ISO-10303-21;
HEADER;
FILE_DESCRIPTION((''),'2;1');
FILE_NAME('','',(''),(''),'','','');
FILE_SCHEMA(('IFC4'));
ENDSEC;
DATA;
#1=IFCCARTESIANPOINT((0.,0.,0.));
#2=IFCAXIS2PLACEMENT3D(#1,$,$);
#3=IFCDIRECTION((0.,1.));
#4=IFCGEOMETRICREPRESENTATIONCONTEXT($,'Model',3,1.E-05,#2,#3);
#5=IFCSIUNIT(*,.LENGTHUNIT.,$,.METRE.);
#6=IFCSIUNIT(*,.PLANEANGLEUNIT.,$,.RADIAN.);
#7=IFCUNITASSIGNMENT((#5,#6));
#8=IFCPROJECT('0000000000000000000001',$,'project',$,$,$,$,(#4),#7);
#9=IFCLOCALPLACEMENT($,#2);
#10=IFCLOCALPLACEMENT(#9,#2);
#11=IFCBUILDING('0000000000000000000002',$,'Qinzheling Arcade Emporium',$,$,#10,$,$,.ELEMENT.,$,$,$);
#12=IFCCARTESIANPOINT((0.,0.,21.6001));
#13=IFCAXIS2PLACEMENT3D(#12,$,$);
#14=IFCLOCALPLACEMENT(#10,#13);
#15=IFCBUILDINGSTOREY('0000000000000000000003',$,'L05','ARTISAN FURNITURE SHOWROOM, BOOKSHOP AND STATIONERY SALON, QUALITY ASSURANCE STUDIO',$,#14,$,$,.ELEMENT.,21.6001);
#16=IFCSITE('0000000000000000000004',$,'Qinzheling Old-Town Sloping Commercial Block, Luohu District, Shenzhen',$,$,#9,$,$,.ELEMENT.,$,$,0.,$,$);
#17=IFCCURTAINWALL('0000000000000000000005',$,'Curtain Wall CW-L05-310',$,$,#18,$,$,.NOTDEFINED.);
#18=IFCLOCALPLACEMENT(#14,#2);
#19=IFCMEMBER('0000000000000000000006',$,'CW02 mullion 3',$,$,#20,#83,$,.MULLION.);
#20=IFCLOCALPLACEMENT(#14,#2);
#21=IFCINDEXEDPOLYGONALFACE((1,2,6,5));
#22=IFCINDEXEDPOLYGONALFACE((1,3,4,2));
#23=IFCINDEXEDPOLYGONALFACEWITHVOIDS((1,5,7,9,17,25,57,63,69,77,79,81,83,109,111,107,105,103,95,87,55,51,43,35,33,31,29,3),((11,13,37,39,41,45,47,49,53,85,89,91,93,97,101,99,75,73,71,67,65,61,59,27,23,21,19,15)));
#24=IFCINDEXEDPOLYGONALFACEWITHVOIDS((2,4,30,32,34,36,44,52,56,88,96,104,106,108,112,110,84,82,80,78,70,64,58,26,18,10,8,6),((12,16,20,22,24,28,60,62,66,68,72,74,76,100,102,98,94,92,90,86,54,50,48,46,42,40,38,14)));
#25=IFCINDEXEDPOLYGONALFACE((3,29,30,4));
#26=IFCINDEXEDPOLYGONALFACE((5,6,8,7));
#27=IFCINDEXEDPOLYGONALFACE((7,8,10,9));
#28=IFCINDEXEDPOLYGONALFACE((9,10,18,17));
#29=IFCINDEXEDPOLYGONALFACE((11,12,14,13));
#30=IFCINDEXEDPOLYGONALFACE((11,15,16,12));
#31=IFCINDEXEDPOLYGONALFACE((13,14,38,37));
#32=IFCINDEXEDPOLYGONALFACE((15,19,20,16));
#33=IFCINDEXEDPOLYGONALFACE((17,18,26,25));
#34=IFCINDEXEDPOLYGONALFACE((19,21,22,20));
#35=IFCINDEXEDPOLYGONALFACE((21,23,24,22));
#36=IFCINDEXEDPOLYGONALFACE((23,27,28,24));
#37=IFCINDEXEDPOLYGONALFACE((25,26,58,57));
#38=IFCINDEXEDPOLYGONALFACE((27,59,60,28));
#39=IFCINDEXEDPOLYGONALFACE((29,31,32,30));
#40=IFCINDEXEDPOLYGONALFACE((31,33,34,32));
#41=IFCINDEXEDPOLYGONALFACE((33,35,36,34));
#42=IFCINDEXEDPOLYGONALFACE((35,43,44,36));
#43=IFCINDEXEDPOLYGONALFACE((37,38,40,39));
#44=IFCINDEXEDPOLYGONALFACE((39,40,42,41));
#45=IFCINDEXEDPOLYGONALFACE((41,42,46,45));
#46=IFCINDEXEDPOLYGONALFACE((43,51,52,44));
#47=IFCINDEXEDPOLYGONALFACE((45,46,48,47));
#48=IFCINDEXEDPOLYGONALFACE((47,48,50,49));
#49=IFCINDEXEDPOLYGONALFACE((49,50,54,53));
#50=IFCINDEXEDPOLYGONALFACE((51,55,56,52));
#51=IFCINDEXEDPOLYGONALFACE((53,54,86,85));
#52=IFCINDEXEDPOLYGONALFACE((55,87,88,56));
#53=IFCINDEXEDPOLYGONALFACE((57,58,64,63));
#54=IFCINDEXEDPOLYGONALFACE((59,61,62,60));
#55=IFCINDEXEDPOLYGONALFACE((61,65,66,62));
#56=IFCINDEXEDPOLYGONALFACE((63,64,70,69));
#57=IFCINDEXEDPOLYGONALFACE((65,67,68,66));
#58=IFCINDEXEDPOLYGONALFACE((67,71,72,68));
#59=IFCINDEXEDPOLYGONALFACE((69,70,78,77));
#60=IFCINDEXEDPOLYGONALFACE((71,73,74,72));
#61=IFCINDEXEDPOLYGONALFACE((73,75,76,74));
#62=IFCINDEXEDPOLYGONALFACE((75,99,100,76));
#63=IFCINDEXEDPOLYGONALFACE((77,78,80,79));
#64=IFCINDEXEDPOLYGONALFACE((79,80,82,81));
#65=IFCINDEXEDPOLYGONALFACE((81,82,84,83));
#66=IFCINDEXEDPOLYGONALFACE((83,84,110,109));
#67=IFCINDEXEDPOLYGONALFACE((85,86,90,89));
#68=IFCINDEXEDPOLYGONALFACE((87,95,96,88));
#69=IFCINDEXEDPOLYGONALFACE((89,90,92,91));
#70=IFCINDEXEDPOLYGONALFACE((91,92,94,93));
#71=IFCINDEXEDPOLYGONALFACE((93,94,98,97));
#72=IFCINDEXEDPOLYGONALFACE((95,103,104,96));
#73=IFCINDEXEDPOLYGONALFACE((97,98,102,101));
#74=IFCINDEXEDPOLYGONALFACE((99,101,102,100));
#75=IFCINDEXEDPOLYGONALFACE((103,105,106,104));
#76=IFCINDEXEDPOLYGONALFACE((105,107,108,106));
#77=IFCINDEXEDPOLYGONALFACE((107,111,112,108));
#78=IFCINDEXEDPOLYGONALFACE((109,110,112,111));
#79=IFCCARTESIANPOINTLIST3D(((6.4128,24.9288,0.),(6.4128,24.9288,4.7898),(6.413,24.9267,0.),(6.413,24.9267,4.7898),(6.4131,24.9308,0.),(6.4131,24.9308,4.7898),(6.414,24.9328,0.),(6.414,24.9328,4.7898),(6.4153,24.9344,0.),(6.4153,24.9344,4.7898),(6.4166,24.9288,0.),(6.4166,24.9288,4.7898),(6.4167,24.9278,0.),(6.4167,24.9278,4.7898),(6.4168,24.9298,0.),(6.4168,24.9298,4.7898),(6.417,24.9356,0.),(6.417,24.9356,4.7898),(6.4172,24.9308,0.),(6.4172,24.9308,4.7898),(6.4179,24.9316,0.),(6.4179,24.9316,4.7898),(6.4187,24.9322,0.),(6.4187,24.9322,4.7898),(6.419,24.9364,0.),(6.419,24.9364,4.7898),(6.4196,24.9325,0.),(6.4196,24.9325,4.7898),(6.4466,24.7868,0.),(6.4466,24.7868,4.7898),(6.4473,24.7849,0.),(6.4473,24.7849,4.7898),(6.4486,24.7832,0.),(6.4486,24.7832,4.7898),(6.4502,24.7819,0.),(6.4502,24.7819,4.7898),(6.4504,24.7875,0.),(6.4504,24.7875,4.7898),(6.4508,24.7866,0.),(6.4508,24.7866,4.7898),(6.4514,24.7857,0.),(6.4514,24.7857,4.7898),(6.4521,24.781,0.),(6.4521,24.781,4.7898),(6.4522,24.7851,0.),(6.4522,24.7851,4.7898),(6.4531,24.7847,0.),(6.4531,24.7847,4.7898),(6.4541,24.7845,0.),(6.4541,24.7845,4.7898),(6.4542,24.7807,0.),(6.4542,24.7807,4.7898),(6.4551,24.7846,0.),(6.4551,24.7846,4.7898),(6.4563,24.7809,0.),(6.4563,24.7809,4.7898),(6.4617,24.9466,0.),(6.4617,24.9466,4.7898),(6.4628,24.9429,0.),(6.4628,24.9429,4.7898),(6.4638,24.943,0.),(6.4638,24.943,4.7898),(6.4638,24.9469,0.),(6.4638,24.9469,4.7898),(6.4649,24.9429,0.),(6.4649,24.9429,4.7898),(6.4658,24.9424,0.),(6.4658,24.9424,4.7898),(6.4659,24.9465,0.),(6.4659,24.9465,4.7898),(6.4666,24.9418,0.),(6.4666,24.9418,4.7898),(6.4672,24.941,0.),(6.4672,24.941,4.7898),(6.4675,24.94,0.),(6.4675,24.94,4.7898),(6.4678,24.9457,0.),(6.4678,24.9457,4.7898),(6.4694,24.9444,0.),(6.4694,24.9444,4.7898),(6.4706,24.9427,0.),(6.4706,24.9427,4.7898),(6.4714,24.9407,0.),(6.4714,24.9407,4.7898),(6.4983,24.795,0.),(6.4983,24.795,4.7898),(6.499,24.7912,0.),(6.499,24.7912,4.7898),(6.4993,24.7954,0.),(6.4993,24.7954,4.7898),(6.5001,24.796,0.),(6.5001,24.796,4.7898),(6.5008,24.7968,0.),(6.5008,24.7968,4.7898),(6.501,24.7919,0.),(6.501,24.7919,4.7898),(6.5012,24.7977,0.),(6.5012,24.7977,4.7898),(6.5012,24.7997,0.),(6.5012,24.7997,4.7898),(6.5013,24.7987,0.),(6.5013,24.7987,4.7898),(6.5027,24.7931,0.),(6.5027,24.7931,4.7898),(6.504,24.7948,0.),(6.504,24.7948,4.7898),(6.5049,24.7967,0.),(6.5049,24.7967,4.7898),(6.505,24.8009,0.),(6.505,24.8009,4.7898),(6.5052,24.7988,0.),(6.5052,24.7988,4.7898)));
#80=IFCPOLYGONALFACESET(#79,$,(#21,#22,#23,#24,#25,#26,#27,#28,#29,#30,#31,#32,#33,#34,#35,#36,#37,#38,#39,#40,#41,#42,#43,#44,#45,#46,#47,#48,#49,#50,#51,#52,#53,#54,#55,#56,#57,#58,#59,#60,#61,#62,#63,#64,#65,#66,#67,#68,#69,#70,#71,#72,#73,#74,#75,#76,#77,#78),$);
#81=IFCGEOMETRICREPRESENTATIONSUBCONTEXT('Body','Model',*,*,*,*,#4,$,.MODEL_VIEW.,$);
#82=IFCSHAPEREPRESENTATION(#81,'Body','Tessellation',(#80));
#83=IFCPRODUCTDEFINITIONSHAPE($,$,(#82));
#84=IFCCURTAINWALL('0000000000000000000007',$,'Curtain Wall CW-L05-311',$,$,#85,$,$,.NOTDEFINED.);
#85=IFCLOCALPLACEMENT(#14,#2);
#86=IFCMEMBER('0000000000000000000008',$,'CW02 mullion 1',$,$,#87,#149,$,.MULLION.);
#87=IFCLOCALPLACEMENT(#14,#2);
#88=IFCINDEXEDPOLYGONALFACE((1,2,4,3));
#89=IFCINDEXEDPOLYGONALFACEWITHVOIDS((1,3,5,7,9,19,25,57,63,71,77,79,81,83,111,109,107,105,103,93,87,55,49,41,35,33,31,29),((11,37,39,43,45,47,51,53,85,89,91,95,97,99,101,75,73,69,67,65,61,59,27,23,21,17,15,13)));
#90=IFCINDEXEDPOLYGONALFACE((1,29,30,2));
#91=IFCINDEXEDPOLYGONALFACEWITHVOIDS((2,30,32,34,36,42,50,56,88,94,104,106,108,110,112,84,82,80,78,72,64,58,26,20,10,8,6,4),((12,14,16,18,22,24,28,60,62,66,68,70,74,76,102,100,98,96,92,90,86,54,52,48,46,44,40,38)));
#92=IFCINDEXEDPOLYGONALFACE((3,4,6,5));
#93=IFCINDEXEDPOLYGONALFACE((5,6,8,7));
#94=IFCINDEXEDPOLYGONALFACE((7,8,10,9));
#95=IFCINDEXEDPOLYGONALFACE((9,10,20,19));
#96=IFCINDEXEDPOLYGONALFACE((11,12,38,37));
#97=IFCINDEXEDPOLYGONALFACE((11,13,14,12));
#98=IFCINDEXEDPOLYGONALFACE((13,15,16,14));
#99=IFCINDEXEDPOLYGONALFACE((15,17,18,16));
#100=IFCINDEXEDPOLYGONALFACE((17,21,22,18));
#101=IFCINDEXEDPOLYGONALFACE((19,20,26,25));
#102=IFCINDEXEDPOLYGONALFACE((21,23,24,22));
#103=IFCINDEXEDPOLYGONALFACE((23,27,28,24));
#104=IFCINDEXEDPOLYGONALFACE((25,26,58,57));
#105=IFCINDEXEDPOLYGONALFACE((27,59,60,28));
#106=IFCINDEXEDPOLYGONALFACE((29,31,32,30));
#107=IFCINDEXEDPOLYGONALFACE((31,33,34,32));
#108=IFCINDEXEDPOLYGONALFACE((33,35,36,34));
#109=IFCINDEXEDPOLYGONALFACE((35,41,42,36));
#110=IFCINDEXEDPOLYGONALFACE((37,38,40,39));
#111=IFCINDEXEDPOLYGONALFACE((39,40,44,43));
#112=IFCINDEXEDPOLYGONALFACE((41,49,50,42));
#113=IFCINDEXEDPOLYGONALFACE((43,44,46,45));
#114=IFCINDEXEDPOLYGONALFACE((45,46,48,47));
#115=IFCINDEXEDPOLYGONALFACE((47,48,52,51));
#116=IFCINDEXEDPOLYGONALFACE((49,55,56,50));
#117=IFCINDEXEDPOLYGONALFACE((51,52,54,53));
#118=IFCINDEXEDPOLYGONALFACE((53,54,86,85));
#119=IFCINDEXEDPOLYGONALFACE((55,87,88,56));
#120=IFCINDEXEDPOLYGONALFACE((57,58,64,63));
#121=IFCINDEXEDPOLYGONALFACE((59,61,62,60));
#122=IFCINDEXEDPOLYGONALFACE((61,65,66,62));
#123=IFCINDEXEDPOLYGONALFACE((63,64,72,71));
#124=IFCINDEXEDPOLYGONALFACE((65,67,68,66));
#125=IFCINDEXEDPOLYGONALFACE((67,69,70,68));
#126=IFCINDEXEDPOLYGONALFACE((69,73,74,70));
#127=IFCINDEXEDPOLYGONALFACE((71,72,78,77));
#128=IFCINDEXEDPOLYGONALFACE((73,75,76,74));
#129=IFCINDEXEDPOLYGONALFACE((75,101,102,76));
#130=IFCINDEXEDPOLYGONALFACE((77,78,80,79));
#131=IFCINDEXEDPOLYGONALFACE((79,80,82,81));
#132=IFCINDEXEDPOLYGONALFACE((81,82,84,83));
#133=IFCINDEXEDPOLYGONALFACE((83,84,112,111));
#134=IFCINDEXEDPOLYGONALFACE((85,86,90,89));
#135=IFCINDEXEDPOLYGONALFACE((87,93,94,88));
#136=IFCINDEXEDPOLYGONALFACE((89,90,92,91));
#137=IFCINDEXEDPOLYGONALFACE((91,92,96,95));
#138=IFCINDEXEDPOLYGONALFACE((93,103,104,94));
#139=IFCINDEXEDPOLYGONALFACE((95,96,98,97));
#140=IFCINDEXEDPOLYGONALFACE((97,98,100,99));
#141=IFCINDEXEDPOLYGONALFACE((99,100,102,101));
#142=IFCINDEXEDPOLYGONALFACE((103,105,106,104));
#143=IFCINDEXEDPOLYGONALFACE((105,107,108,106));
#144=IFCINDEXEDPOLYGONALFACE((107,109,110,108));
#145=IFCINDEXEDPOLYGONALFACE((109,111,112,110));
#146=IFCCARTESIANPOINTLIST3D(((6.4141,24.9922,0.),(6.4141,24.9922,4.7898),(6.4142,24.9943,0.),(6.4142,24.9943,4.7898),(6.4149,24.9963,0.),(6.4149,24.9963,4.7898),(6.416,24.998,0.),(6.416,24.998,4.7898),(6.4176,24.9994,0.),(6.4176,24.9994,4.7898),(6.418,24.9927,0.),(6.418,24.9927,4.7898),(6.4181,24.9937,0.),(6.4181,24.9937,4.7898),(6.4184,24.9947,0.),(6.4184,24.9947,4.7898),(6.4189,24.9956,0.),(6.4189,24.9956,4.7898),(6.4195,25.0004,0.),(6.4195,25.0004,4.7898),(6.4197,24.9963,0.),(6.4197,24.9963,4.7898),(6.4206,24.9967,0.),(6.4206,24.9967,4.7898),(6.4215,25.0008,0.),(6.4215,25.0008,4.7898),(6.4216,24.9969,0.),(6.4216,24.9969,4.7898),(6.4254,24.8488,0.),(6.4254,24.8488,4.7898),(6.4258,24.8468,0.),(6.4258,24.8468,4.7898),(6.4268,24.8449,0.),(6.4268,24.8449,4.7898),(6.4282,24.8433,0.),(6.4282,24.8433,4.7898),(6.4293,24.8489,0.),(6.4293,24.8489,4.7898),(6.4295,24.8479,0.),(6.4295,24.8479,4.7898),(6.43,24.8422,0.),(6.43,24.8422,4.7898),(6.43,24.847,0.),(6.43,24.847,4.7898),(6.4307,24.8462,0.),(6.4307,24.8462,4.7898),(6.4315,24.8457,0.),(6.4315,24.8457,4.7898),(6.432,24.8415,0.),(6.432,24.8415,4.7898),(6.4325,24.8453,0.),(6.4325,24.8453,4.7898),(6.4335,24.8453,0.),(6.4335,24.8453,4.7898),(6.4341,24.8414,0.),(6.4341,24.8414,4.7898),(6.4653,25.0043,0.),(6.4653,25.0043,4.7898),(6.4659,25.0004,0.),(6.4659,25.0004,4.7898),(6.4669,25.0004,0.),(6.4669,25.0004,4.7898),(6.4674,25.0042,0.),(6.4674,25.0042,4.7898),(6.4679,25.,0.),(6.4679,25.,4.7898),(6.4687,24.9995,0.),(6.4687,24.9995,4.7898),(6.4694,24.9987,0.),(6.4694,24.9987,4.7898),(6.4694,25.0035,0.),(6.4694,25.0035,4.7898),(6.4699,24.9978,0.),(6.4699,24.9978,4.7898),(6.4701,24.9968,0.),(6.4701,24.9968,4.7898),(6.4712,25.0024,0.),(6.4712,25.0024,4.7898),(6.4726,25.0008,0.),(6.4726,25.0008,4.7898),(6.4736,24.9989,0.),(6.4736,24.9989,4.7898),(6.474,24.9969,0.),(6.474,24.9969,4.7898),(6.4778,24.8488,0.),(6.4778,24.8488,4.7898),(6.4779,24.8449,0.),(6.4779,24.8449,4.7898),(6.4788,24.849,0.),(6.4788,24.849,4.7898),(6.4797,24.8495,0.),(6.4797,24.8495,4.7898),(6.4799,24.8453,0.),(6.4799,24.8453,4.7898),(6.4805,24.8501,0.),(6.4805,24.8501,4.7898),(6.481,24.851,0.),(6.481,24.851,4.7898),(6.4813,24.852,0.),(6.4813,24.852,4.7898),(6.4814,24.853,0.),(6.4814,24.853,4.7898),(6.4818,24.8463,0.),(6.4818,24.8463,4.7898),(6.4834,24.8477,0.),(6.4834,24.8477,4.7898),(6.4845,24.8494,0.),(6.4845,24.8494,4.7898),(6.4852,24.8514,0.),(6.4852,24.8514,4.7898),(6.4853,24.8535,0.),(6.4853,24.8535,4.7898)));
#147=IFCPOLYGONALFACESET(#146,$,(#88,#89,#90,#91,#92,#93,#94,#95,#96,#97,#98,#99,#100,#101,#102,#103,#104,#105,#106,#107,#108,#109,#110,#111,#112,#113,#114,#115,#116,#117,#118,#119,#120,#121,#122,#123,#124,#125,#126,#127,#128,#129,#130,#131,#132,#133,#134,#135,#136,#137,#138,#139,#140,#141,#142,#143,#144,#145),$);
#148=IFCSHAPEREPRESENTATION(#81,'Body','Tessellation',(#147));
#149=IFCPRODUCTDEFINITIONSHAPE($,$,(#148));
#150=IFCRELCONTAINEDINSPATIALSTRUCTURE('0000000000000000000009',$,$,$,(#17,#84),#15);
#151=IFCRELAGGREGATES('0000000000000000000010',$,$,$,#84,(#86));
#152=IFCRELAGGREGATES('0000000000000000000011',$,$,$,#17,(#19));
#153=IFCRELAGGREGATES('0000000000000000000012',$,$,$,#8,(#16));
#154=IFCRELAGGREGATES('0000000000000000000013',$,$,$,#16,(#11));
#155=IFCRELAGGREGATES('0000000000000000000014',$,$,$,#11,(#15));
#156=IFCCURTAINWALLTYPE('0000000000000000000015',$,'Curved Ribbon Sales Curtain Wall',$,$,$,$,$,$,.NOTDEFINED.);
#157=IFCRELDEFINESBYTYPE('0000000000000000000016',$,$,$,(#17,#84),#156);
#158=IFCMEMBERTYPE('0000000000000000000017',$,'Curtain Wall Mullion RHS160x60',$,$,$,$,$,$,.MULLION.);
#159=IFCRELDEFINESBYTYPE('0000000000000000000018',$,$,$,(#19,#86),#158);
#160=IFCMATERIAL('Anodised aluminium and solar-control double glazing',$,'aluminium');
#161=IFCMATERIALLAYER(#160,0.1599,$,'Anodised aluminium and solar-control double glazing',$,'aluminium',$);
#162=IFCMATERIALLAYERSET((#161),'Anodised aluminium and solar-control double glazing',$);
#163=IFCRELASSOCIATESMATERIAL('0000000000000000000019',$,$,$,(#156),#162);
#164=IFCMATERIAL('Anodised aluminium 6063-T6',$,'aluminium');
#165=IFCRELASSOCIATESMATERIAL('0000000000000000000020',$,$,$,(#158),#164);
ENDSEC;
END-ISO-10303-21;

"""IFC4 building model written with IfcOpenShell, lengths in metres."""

from ifc_helpers import new_model, si_unit, direction, frame, origin, origin_2d, place, context, subcontext, project, spatial, hollow_rectangle, extrude, material, layer, layer_set, material_profile, profile_set, type_object, element, aggregate, save


model = new_model("IFC4")

# Units and contexts
model_context = context("Model", 3, precision=1e-05, world=origin(), true_north=direction((0.0, 1.0)))
body_context = subcontext(model_context, "Body", "Model", "MODEL_VIEW")
ifc_project = project(units=[si_unit("LENGTHUNIT", "METRE"), si_unit("PLANEANGLEUNIT", "RADIAN")], contexts=[model_context])

# Site, building, storey
site_placement = place(None, origin())
site = spatial("IfcSite", under=ifc_project, at=site_placement, Name="Qinzheling Old-Town Sloping Commercial Block, Luohu District, Shenzhen", CompositionType="ELEMENT", RefElevation=0.0)
building_placement = place(site_placement, origin())
building = spatial("IfcBuilding", under=site, at=building_placement, Name="Qinzheling Arcade Emporium", CompositionType="ELEMENT")
storey_placement = place(building_placement, frame((0.0, 0.0, 21.6001)))
storey = spatial("IfcBuildingStorey", under=building, at=storey_placement, Name="L05", Description="ARTISAN FURNITURE SHOWROOM, BOOKSHOP AND STATIONERY SALON, QUALITY ASSURANCE STUDIO", CompositionType="ELEMENT", Elevation=21.6001)

# Curtain wall, member
ifc_material_1 = material(Name="Anodised aluminium and solar-control double glazing", Category="aluminium")
ifc_layer_1 = layer(ifc_material_1, 0.1599, Name="Anodised aluminium and solar-control double glazing", Category="aluminium")
ifc_layer_set_1 = layer_set([ifc_layer_1], Name="Anodised aluminium and solar-control double glazing")
curtain_wall_type = type_object("IfcCurtainWallType", Name="Curved Ribbon Sales Curtain Wall", PredefinedType="NOTDEFINED", material=ifc_layer_set_1)
ifc_material_2 = material(Name="Anodised aluminium 6063-T6", Category="aluminium")
ifc_material_profile_1 = material_profile(ifc_material_2, hollow_rectangle(XDim=0.0601, YDim=0.1599, WallThickness=0.0039, InnerFilletRadius=0.0039, OuterFilletRadius=0.0081, at=origin_2d()), Name="RHS 160x60x4", Category="aluminium")
ifc_profile_set_1 = profile_set([ifc_material_profile_1], Name="Anodised aluminium 6063-T6")
member_type_1 = type_object("IfcMemberType", Name="Curtain Wall Mullion RHS160x60", PredefinedType="MULLION", material=ifc_profile_set_1)
curtain_wall_1_placement = place(storey_placement, origin())
curtain_wall_1 = element("IfcCurtainWall", 1, at=curtain_wall_1_placement, inside=storey, type_object=curtain_wall_type, Name="Curtain Wall CW-L05-310", PredefinedType="NOTDEFINED")
member_1_placement = place(storey_placement, frame((6.459, 24.8638, 0.0), z_axis=(0.0, 0.0, 1.0), x_axis=(-0.972368, -0.233455, 0.0)))
member_1 = element("IfcMember", 2, at=member_1_placement, type_object=member_type_1, Name="CW02 mullion 3", PredefinedType="MULLION", context=body_context, shape_type="SweptSolid", body=[
    extrude(hollow_rectangle(XDim=0.0601, YDim=0.1599, WallThickness=0.0039, InnerFilletRadius=0.0039, OuterFilletRadius=0.0081, at=origin_2d()), origin(), (0.0, 0.0, 1.0), 4.7898),
])

# Curtain wall, member
curtain_wall_2_placement = place(storey_placement, origin())
curtain_wall_2 = element("IfcCurtainWall", 3, at=curtain_wall_2_placement, inside=storey, type_object=curtain_wall_type, Name="Curtain Wall CW-L05-311", PredefinedType="NOTDEFINED")
member_2_placement = place(storey_placement, frame((6.4497, 24.9229, 0.0), z_axis=(0.0, 0.0, 1.0), x_axis=(-0.996927, -0.078337, 0.0)))
member_2 = element("IfcMember", 4, at=member_2_placement, type_object=member_type_1, Name="CW02 mullion 1", PredefinedType="MULLION", context=body_context, shape_type="SweptSolid", body=[
    extrude(hollow_rectangle(XDim=0.0601, YDim=0.1599, WallThickness=0.0039, InnerFilletRadius=0.0039, OuterFilletRadius=0.0081, at=origin_2d()), origin(), (0.0, 0.0, 1.0), 4.7898),
])

aggregate(curtain_wall_2, [member_2])

aggregate(curtain_wall_1, [member_1])

save(model, "model.ifc")
